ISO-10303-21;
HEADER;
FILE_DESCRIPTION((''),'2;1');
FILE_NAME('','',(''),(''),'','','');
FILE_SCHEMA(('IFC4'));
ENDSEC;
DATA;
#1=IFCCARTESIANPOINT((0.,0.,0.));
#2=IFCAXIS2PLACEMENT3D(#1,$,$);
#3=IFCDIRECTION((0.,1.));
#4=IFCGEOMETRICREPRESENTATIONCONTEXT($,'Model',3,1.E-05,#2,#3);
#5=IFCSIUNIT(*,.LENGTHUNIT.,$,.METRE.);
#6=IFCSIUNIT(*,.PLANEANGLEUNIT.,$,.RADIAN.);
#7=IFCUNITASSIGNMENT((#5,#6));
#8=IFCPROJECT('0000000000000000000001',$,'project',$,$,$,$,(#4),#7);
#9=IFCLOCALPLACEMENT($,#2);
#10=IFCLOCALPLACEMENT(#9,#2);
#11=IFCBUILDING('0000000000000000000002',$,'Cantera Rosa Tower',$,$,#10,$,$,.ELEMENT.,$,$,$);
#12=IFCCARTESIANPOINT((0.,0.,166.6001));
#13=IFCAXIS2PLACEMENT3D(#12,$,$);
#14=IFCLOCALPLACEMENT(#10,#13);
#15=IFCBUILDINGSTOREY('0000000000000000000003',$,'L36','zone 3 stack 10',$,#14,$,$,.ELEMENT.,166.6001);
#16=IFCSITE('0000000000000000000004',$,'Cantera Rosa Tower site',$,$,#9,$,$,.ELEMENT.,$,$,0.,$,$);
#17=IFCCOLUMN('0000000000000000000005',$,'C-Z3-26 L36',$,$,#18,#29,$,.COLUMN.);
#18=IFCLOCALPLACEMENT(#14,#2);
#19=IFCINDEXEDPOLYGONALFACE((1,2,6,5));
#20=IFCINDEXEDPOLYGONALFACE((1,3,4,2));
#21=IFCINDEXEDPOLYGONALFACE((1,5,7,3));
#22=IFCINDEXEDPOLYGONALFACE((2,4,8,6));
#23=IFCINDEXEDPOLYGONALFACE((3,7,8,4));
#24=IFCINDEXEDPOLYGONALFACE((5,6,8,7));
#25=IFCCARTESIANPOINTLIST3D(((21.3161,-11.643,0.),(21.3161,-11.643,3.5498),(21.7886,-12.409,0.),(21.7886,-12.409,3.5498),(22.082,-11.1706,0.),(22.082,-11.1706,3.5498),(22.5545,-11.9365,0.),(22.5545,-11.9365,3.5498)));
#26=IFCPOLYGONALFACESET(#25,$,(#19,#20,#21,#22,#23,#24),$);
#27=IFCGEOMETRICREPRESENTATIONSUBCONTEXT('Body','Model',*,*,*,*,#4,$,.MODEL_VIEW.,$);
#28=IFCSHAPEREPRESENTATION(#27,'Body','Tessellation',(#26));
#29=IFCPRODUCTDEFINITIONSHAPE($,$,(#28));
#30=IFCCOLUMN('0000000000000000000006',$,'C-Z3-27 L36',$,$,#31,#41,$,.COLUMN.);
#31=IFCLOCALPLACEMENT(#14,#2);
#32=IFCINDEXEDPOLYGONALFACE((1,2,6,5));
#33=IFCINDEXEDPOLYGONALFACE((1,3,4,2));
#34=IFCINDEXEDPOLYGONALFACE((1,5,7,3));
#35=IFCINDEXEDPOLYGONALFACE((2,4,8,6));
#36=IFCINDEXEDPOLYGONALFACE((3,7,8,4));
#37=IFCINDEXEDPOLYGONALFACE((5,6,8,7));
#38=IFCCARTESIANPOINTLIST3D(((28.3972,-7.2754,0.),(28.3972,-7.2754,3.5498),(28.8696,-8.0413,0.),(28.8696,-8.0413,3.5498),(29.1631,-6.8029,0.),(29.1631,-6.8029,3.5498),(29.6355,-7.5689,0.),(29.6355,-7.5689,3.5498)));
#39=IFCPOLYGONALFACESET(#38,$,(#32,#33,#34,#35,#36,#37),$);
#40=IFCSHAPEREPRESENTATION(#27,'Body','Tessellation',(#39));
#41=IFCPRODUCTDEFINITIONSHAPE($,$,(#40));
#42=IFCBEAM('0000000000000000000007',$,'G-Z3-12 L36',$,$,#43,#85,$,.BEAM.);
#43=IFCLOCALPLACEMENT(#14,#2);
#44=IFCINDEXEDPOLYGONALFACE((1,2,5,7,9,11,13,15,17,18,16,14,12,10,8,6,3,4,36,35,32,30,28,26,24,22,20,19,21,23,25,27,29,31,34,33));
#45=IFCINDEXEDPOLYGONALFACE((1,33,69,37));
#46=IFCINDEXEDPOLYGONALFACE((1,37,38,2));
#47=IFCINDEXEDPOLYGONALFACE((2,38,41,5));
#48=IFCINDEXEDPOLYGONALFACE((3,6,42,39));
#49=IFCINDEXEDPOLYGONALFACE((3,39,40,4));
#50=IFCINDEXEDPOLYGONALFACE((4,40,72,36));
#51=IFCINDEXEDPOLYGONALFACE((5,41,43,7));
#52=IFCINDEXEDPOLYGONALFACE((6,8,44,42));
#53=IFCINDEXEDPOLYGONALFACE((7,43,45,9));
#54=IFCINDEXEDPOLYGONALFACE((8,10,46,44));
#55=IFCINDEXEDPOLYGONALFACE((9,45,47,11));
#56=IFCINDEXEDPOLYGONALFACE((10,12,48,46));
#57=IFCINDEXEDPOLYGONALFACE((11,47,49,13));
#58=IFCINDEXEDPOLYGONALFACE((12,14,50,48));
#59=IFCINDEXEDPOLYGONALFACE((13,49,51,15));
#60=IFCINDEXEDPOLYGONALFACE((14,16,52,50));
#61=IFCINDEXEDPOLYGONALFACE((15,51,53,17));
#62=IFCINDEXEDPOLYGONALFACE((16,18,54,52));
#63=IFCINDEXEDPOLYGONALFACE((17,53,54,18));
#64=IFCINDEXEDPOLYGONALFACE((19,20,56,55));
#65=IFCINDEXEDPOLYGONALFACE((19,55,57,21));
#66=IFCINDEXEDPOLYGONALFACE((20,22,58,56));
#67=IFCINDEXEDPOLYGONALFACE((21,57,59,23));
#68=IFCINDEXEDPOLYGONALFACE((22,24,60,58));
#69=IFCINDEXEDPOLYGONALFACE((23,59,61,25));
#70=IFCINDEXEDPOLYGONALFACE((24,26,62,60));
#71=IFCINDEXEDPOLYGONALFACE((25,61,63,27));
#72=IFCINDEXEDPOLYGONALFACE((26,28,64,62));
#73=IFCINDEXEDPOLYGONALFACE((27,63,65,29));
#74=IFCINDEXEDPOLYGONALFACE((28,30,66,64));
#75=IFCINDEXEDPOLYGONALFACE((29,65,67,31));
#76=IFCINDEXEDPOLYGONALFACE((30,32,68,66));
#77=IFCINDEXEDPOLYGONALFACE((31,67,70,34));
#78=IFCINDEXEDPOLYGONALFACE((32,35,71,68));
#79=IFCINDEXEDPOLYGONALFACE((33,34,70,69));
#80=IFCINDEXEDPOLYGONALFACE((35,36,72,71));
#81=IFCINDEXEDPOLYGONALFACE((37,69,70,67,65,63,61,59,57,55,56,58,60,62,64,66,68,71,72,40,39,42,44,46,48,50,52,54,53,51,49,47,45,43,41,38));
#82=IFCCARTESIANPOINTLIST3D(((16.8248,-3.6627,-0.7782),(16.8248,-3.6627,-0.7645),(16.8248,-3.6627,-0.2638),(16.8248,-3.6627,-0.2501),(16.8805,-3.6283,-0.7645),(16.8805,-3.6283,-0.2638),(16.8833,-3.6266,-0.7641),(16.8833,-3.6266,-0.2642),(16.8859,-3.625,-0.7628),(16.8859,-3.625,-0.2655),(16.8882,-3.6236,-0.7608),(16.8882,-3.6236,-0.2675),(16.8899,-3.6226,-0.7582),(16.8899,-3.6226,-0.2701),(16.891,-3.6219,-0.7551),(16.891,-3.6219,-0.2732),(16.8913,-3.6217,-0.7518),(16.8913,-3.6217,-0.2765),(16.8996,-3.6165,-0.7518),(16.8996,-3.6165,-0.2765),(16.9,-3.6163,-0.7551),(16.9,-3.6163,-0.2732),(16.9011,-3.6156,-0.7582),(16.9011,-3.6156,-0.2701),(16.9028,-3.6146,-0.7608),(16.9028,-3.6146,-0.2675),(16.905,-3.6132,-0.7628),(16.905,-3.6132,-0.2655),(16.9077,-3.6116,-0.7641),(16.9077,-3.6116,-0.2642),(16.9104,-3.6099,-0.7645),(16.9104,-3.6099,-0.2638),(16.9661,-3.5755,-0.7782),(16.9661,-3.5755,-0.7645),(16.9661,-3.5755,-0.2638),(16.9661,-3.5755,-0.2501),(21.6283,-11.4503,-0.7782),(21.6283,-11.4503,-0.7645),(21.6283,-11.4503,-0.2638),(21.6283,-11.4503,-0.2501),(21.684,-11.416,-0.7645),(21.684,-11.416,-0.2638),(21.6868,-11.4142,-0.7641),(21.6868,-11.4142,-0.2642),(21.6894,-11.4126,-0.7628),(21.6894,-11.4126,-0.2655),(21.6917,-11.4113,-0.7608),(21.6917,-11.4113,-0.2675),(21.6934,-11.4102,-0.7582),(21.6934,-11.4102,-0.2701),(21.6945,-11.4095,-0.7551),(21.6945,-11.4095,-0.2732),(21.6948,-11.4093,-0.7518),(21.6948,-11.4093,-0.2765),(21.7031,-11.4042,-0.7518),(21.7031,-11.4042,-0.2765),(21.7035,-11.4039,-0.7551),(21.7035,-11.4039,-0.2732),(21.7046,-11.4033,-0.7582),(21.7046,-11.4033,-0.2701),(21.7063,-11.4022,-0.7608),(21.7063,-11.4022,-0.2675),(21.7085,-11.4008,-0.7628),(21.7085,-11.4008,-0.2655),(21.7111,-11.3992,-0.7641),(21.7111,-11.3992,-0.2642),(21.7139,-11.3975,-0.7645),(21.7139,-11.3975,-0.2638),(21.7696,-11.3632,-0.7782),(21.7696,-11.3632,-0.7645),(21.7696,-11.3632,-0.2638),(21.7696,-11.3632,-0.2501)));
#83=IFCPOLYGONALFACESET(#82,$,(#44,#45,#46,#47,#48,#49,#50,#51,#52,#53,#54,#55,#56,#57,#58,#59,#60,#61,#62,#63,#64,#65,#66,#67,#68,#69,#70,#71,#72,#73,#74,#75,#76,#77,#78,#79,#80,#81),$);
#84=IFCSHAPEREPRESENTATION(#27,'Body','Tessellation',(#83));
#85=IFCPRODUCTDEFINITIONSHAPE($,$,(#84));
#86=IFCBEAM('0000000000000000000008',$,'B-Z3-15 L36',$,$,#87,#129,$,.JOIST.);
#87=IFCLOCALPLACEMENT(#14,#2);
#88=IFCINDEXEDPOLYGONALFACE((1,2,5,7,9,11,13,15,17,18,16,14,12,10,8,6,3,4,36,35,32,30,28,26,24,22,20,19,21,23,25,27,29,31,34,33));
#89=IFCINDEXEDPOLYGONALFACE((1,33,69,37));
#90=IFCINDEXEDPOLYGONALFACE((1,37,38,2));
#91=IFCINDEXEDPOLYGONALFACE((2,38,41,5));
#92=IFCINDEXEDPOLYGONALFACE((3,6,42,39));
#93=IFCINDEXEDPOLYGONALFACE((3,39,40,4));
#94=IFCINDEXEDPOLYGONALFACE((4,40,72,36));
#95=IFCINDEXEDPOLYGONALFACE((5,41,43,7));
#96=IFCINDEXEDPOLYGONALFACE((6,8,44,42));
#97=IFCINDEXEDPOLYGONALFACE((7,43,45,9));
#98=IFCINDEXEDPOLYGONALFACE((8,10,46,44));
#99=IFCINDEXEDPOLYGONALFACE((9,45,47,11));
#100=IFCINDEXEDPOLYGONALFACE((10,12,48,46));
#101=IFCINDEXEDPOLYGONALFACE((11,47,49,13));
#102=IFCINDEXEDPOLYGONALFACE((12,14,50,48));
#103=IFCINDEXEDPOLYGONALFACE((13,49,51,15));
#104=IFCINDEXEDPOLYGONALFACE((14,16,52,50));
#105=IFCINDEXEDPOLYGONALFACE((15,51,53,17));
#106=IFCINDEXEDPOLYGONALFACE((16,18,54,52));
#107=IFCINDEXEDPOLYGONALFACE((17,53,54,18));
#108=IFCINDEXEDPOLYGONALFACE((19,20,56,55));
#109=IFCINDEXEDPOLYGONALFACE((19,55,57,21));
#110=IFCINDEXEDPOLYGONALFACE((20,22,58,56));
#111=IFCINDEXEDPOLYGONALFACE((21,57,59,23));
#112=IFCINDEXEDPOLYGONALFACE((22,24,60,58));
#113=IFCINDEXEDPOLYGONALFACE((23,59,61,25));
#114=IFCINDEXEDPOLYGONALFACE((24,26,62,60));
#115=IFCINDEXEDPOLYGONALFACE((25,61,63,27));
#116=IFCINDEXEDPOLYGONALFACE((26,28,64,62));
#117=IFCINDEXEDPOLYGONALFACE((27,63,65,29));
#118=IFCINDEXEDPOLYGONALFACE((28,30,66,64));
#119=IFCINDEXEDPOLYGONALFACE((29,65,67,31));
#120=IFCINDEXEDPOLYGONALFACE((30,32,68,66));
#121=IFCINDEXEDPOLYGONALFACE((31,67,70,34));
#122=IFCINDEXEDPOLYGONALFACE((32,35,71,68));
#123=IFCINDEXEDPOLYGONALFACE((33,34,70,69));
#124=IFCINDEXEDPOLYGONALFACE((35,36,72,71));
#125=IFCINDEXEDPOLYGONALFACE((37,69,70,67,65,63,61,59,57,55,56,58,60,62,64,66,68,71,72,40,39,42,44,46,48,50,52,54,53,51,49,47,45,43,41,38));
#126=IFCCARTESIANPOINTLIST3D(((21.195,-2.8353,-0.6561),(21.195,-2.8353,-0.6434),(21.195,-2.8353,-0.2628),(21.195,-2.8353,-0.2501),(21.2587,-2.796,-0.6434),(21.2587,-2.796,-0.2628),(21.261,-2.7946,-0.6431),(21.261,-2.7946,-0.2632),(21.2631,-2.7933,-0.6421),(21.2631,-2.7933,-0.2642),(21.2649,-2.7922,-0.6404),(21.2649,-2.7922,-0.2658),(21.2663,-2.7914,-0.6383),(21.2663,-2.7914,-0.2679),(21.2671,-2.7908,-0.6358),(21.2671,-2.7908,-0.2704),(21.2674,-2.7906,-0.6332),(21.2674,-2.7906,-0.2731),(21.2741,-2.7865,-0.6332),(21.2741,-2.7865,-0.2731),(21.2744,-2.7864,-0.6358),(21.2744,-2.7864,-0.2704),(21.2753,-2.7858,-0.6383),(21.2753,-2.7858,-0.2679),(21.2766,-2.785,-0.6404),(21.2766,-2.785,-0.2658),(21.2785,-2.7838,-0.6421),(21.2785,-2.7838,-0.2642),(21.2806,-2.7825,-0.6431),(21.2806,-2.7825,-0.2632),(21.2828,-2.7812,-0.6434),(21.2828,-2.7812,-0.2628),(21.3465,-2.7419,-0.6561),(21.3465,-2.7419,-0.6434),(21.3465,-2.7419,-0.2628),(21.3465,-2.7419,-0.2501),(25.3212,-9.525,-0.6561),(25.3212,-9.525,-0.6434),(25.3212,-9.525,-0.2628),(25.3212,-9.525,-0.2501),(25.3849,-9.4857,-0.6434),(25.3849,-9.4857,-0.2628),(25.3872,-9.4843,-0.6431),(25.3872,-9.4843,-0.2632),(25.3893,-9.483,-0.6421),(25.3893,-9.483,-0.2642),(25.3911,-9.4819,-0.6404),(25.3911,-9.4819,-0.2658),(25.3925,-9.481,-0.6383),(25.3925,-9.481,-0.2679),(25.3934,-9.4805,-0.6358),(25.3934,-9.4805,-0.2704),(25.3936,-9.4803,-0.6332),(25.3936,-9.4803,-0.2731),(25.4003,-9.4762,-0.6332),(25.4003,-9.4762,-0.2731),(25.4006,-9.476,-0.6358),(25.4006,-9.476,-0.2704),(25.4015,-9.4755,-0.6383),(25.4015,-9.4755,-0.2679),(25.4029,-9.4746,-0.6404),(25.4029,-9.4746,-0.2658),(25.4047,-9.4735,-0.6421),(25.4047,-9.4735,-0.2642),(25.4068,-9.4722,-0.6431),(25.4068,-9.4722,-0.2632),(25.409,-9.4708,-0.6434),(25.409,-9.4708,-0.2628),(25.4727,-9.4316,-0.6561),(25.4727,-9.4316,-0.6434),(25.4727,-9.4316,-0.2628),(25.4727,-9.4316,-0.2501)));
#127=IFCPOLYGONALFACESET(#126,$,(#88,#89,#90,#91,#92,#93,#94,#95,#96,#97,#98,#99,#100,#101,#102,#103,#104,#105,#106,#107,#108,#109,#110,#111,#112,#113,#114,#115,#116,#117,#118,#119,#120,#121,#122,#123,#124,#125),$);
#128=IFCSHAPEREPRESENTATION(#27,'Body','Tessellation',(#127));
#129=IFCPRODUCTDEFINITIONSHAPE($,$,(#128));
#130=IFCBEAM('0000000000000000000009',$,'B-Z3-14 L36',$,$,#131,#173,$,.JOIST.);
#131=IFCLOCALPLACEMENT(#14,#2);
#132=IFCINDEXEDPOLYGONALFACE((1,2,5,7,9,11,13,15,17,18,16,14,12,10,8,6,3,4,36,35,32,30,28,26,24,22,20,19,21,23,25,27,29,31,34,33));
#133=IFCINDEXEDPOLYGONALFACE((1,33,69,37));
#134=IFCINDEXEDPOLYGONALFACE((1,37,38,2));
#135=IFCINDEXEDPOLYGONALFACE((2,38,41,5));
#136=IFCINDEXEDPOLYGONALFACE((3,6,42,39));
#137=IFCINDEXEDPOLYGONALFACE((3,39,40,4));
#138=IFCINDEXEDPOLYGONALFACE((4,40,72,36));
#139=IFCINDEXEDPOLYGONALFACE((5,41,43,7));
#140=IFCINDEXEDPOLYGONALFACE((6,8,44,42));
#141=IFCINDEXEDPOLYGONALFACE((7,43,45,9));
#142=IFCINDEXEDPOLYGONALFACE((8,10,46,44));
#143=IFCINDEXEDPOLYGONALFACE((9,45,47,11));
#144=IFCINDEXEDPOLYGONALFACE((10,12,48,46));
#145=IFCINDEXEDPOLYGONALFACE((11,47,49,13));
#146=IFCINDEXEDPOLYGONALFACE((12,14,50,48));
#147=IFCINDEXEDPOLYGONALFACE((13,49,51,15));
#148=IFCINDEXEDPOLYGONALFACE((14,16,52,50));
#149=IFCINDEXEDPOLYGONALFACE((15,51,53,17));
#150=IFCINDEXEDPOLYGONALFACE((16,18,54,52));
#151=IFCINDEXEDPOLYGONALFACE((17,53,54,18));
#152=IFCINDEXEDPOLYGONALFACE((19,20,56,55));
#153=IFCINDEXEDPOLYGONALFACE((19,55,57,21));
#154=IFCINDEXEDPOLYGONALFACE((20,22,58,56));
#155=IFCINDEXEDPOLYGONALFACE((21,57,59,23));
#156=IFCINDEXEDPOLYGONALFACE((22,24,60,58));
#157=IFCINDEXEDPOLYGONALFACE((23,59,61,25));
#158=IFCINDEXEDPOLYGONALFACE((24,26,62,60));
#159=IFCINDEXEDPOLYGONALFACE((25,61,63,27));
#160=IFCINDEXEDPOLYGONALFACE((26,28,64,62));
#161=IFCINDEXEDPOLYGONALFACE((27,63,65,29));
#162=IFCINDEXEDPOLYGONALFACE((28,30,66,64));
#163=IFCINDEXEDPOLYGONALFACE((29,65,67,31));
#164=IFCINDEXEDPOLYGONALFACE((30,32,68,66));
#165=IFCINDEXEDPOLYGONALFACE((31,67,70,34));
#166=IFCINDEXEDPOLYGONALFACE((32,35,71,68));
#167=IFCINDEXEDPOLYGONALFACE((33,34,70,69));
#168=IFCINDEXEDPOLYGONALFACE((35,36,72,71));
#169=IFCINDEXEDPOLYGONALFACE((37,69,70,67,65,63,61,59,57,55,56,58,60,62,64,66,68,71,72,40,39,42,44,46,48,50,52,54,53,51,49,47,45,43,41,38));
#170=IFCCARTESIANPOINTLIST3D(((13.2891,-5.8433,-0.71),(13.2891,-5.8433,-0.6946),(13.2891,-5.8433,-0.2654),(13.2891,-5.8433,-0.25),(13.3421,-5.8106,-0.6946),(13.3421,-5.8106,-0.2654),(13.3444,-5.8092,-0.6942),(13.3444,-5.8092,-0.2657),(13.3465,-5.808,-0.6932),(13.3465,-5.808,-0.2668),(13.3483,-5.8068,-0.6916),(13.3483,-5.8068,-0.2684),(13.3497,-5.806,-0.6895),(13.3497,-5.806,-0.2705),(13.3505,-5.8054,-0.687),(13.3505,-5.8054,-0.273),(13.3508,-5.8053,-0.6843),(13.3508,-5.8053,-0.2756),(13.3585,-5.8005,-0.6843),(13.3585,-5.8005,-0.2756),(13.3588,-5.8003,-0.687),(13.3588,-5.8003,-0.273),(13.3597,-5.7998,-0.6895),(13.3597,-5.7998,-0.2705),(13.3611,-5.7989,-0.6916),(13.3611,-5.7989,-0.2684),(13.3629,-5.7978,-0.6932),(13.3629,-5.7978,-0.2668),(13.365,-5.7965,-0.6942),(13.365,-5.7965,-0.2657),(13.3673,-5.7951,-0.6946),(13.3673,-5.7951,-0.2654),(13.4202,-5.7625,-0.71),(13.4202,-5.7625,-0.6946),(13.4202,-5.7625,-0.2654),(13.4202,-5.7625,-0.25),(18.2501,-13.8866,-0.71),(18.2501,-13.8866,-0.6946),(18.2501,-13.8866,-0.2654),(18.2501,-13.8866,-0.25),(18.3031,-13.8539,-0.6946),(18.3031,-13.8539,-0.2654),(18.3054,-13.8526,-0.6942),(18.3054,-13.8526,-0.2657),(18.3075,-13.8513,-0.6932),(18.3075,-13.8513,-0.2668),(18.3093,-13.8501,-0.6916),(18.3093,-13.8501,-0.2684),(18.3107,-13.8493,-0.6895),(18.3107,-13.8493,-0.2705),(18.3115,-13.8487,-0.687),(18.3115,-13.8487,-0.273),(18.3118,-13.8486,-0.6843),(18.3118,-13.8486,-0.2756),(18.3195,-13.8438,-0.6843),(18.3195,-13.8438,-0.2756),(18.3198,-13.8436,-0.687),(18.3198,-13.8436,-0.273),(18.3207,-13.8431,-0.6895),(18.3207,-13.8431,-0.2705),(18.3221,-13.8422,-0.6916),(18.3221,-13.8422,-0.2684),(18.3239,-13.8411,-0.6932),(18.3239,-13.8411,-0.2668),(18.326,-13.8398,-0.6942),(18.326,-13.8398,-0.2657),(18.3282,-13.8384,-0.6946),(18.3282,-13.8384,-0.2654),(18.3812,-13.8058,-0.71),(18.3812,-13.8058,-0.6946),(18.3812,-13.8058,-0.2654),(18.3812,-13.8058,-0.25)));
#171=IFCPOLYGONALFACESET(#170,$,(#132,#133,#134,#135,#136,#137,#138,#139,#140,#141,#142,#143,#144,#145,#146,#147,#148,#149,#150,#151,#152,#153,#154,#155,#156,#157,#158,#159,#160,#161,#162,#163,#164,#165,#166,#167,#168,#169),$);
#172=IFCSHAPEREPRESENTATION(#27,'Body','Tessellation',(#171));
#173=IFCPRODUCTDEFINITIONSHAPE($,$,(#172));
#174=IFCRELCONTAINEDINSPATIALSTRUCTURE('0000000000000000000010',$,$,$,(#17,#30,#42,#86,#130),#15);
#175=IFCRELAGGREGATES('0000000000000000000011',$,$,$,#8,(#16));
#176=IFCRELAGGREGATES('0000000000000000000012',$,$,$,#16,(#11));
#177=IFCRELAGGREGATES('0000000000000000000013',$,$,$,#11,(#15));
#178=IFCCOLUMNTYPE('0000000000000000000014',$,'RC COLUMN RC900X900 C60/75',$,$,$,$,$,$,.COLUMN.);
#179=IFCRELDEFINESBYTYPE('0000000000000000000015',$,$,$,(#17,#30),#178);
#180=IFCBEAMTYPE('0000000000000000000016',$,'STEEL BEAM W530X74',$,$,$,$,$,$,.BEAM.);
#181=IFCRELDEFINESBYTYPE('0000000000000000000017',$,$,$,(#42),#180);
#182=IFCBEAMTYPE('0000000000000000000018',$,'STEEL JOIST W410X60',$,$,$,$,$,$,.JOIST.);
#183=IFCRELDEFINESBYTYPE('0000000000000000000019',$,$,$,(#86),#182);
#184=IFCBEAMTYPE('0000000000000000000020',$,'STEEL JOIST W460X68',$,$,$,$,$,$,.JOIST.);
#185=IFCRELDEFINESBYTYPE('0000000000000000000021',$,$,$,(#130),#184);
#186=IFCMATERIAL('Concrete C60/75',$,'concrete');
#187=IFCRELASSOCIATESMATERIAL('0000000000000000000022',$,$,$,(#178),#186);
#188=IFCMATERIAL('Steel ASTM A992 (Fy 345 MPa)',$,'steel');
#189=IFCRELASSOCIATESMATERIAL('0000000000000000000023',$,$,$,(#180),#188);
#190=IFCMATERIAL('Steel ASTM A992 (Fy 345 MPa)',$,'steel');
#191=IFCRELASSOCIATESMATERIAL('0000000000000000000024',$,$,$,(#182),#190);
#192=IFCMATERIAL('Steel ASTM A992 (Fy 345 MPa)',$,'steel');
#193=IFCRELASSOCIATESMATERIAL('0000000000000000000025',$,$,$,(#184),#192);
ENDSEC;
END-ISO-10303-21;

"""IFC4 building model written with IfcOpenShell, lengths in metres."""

from ifc_helpers import new_model, si_unit, direction, frame, origin, origin_2d, place, context, subcontext, project, spatial, rectangle, i_section, extrude, material, material_profile, profile_set, type_object, element, save


model = new_model("IFC4")

# Units and contexts
model_context = context("Model", 3, precision=1e-05, world=origin(), true_north=direction((0.0, 1.0)))
body_context = subcontext(model_context, "Body", "Model", "MODEL_VIEW")
ifc_project = project(units=[si_unit("LENGTHUNIT", "METRE"), si_unit("PLANEANGLEUNIT", "RADIAN")], contexts=[model_context])

# Site, building, storey
site_placement = place(None, origin())
site = spatial("IfcSite", under=ifc_project, at=site_placement, Name="Cantera Rosa Tower site", CompositionType="ELEMENT", RefElevation=0.0)
building_placement = place(site_placement, origin())
building = spatial("IfcBuilding", under=site, at=building_placement, Name="Cantera Rosa Tower", CompositionType="ELEMENT")
storey_placement = place(building_placement, frame((0.0, 0.0, 166.6001)))
storey = spatial("IfcBuildingStorey", under=building, at=storey_placement, Name="L36", Description="zone 3 stack 10", CompositionType="ELEMENT", Elevation=166.6001)

# Columns
ifc_material_1 = material(Name="Concrete C60/75", Category="concrete")
ifc_material_profile_1 = material_profile(ifc_material_1, rectangle(XDim=0.8999, YDim=0.8999, at=origin_2d()), Name="RC COLUMN RC900X900 C60/75")
ifc_profile_set_1 = profile_set([ifc_material_profile_1], Name="Concrete C60/75")
column_type = type_object("IfcColumnType", Name="RC COLUMN RC900X900 C60/75", PredefinedType="COLUMN", material=ifc_profile_set_1)
for number, where, z_axis, x_axis, name in (
    (1, (21.9353, -11.7898, 0.0), (0.0, 0.0, 1.0), (0.851117, 0.524977, 0.0), "C-Z3-26 L36"),
    (2, (29.0164, -7.4221, 0.0), (0.0, 0.0, 1.0), (0.851117, 0.524977, 0.0), "C-Z3-27 L36"),
):
    element("IfcColumn", number, at=place(storey_placement, frame(where, z_axis=z_axis, x_axis=x_axis)), inside=storey, type_object=column_type, Name=name, PredefinedType="COLUMN", context=body_context, shape_type="SweptSolid", body=[
        extrude(rectangle(XDim=0.8999, YDim=0.8999, at=origin_2d()), origin(), (0.0, 0.0, 1.0), 3.5498),
    ])

# Beams
ifc_material_2 = material(Name="Steel ASTM A992 (Fy 345 MPa)", Category="steel")
ifc_material_profile_2 = material_profile(ifc_material_2, i_section(OverallWidth=0.166, OverallDepth=0.5281, WebThickness=0.0098, FlangeThickness=0.0137, FilletRadius=0.0127, at=origin_2d()), Name="W530X74")
ifc_profile_set_2 = profile_set([ifc_material_profile_2], Name="Steel ASTM A992 (Fy 345 MPa)")
beam_type_1 = type_object("IfcBeamType", Name="STEEL BEAM W530X74", PredefinedType="BEAM", material=ifc_profile_set_2)
beam_1_placement = place(storey_placement, frame((21.699, -11.4067, -0.5142), z_axis=(-0.524977, 0.851116, 0.0), x_axis=(-0.851116, -0.524977, 0.0)))
element("IfcBeam", 3, at=beam_1_placement, inside=storey, type_object=beam_type_1, Name="G-Z3-12 L36", PredefinedType="BEAM", context=body_context, shape_type="SweptSolid", body=[
    extrude(i_section(OverallWidth=0.166, OverallDepth=0.5281, WebThickness=0.0098, FlangeThickness=0.0137, FilletRadius=0.0127, at=origin_2d()), origin(), (0.0, 0.0, 1.0), 9.1499),
])
ifc_material_3 = material(Name="Steel ASTM A992 (Fy 345 MPa)", Category="steel")
ifc_material_profile_3 = material_profile(ifc_material_3, i_section(OverallWidth=0.178, OverallDepth=0.406, WebThickness=0.0078, FlangeThickness=0.0127, FilletRadius=0.0103, at=origin_2d()), Name="W410X60")
ifc_profile_set_3 = profile_set([ifc_material_profile_3], Name="Steel ASTM A992 (Fy 345 MPa)")
beam_type_2 = type_object("IfcBeamType", Name="STEEL JOIST W410X60", PredefinedType="JOIST", material=ifc_profile_set_3)
beam_2_placement = place(storey_placement, frame((25.397, -9.4783, -0.4531), z_axis=(-0.524972, 0.851119, 0.0), x_axis=(-0.851119, -0.524972, 0.0)))
element("IfcBeam", 4, at=beam_2_placement, inside=storey, type_object=beam_type_2, Name="B-Z3-15 L36", PredefinedType="JOIST", context=body_context, shape_type="SweptSolid", body=[
    extrude(i_section(OverallWidth=0.178, OverallDepth=0.406, WebThickness=0.0078, FlangeThickness=0.0127, FilletRadius=0.0103, at=origin_2d()), origin(), (0.0, 0.0, 1.0), 7.8599),
])
ifc_material_4 = material(Name="Steel ASTM A992 (Fy 345 MPa)", Category="steel")
ifc_material_profile_4 = material_profile(ifc_material_4, i_section(OverallWidth=0.1541, OverallDepth=0.46, WebThickness=0.009, FlangeThickness=0.0154, FilletRadius=0.0103, at=origin_2d()), Name="W460X68")
ifc_profile_set_4 = profile_set([ifc_material_profile_4], Name="Steel ASTM A992 (Fy 345 MPa)")
beam_type_3 = type_object("IfcBeamType", Name="STEEL JOIST W460X68", PredefinedType="JOIST", material=ifc_profile_set_4)
beam_3_placement = place(storey_placement, frame((18.3157, -13.8462, -0.48), z_axis=(-0.524962, 0.851126, 0.0), x_axis=(-0.851126, -0.524962, 0.0)))
element("IfcBeam", 5, at=beam_3_placement, inside=storey, type_object=beam_type_3, Name="B-Z3-14 L36", PredefinedType="JOIST", context=body_context, shape_type="SweptSolid", body=[
    extrude(i_section(OverallWidth=0.1541, OverallDepth=0.46, WebThickness=0.009, FlangeThickness=0.0154, FilletRadius=0.0103, at=origin_2d()), origin(), (0.0, 0.0, 1.0), 9.4502),
])

save(model, "model.ifc")
